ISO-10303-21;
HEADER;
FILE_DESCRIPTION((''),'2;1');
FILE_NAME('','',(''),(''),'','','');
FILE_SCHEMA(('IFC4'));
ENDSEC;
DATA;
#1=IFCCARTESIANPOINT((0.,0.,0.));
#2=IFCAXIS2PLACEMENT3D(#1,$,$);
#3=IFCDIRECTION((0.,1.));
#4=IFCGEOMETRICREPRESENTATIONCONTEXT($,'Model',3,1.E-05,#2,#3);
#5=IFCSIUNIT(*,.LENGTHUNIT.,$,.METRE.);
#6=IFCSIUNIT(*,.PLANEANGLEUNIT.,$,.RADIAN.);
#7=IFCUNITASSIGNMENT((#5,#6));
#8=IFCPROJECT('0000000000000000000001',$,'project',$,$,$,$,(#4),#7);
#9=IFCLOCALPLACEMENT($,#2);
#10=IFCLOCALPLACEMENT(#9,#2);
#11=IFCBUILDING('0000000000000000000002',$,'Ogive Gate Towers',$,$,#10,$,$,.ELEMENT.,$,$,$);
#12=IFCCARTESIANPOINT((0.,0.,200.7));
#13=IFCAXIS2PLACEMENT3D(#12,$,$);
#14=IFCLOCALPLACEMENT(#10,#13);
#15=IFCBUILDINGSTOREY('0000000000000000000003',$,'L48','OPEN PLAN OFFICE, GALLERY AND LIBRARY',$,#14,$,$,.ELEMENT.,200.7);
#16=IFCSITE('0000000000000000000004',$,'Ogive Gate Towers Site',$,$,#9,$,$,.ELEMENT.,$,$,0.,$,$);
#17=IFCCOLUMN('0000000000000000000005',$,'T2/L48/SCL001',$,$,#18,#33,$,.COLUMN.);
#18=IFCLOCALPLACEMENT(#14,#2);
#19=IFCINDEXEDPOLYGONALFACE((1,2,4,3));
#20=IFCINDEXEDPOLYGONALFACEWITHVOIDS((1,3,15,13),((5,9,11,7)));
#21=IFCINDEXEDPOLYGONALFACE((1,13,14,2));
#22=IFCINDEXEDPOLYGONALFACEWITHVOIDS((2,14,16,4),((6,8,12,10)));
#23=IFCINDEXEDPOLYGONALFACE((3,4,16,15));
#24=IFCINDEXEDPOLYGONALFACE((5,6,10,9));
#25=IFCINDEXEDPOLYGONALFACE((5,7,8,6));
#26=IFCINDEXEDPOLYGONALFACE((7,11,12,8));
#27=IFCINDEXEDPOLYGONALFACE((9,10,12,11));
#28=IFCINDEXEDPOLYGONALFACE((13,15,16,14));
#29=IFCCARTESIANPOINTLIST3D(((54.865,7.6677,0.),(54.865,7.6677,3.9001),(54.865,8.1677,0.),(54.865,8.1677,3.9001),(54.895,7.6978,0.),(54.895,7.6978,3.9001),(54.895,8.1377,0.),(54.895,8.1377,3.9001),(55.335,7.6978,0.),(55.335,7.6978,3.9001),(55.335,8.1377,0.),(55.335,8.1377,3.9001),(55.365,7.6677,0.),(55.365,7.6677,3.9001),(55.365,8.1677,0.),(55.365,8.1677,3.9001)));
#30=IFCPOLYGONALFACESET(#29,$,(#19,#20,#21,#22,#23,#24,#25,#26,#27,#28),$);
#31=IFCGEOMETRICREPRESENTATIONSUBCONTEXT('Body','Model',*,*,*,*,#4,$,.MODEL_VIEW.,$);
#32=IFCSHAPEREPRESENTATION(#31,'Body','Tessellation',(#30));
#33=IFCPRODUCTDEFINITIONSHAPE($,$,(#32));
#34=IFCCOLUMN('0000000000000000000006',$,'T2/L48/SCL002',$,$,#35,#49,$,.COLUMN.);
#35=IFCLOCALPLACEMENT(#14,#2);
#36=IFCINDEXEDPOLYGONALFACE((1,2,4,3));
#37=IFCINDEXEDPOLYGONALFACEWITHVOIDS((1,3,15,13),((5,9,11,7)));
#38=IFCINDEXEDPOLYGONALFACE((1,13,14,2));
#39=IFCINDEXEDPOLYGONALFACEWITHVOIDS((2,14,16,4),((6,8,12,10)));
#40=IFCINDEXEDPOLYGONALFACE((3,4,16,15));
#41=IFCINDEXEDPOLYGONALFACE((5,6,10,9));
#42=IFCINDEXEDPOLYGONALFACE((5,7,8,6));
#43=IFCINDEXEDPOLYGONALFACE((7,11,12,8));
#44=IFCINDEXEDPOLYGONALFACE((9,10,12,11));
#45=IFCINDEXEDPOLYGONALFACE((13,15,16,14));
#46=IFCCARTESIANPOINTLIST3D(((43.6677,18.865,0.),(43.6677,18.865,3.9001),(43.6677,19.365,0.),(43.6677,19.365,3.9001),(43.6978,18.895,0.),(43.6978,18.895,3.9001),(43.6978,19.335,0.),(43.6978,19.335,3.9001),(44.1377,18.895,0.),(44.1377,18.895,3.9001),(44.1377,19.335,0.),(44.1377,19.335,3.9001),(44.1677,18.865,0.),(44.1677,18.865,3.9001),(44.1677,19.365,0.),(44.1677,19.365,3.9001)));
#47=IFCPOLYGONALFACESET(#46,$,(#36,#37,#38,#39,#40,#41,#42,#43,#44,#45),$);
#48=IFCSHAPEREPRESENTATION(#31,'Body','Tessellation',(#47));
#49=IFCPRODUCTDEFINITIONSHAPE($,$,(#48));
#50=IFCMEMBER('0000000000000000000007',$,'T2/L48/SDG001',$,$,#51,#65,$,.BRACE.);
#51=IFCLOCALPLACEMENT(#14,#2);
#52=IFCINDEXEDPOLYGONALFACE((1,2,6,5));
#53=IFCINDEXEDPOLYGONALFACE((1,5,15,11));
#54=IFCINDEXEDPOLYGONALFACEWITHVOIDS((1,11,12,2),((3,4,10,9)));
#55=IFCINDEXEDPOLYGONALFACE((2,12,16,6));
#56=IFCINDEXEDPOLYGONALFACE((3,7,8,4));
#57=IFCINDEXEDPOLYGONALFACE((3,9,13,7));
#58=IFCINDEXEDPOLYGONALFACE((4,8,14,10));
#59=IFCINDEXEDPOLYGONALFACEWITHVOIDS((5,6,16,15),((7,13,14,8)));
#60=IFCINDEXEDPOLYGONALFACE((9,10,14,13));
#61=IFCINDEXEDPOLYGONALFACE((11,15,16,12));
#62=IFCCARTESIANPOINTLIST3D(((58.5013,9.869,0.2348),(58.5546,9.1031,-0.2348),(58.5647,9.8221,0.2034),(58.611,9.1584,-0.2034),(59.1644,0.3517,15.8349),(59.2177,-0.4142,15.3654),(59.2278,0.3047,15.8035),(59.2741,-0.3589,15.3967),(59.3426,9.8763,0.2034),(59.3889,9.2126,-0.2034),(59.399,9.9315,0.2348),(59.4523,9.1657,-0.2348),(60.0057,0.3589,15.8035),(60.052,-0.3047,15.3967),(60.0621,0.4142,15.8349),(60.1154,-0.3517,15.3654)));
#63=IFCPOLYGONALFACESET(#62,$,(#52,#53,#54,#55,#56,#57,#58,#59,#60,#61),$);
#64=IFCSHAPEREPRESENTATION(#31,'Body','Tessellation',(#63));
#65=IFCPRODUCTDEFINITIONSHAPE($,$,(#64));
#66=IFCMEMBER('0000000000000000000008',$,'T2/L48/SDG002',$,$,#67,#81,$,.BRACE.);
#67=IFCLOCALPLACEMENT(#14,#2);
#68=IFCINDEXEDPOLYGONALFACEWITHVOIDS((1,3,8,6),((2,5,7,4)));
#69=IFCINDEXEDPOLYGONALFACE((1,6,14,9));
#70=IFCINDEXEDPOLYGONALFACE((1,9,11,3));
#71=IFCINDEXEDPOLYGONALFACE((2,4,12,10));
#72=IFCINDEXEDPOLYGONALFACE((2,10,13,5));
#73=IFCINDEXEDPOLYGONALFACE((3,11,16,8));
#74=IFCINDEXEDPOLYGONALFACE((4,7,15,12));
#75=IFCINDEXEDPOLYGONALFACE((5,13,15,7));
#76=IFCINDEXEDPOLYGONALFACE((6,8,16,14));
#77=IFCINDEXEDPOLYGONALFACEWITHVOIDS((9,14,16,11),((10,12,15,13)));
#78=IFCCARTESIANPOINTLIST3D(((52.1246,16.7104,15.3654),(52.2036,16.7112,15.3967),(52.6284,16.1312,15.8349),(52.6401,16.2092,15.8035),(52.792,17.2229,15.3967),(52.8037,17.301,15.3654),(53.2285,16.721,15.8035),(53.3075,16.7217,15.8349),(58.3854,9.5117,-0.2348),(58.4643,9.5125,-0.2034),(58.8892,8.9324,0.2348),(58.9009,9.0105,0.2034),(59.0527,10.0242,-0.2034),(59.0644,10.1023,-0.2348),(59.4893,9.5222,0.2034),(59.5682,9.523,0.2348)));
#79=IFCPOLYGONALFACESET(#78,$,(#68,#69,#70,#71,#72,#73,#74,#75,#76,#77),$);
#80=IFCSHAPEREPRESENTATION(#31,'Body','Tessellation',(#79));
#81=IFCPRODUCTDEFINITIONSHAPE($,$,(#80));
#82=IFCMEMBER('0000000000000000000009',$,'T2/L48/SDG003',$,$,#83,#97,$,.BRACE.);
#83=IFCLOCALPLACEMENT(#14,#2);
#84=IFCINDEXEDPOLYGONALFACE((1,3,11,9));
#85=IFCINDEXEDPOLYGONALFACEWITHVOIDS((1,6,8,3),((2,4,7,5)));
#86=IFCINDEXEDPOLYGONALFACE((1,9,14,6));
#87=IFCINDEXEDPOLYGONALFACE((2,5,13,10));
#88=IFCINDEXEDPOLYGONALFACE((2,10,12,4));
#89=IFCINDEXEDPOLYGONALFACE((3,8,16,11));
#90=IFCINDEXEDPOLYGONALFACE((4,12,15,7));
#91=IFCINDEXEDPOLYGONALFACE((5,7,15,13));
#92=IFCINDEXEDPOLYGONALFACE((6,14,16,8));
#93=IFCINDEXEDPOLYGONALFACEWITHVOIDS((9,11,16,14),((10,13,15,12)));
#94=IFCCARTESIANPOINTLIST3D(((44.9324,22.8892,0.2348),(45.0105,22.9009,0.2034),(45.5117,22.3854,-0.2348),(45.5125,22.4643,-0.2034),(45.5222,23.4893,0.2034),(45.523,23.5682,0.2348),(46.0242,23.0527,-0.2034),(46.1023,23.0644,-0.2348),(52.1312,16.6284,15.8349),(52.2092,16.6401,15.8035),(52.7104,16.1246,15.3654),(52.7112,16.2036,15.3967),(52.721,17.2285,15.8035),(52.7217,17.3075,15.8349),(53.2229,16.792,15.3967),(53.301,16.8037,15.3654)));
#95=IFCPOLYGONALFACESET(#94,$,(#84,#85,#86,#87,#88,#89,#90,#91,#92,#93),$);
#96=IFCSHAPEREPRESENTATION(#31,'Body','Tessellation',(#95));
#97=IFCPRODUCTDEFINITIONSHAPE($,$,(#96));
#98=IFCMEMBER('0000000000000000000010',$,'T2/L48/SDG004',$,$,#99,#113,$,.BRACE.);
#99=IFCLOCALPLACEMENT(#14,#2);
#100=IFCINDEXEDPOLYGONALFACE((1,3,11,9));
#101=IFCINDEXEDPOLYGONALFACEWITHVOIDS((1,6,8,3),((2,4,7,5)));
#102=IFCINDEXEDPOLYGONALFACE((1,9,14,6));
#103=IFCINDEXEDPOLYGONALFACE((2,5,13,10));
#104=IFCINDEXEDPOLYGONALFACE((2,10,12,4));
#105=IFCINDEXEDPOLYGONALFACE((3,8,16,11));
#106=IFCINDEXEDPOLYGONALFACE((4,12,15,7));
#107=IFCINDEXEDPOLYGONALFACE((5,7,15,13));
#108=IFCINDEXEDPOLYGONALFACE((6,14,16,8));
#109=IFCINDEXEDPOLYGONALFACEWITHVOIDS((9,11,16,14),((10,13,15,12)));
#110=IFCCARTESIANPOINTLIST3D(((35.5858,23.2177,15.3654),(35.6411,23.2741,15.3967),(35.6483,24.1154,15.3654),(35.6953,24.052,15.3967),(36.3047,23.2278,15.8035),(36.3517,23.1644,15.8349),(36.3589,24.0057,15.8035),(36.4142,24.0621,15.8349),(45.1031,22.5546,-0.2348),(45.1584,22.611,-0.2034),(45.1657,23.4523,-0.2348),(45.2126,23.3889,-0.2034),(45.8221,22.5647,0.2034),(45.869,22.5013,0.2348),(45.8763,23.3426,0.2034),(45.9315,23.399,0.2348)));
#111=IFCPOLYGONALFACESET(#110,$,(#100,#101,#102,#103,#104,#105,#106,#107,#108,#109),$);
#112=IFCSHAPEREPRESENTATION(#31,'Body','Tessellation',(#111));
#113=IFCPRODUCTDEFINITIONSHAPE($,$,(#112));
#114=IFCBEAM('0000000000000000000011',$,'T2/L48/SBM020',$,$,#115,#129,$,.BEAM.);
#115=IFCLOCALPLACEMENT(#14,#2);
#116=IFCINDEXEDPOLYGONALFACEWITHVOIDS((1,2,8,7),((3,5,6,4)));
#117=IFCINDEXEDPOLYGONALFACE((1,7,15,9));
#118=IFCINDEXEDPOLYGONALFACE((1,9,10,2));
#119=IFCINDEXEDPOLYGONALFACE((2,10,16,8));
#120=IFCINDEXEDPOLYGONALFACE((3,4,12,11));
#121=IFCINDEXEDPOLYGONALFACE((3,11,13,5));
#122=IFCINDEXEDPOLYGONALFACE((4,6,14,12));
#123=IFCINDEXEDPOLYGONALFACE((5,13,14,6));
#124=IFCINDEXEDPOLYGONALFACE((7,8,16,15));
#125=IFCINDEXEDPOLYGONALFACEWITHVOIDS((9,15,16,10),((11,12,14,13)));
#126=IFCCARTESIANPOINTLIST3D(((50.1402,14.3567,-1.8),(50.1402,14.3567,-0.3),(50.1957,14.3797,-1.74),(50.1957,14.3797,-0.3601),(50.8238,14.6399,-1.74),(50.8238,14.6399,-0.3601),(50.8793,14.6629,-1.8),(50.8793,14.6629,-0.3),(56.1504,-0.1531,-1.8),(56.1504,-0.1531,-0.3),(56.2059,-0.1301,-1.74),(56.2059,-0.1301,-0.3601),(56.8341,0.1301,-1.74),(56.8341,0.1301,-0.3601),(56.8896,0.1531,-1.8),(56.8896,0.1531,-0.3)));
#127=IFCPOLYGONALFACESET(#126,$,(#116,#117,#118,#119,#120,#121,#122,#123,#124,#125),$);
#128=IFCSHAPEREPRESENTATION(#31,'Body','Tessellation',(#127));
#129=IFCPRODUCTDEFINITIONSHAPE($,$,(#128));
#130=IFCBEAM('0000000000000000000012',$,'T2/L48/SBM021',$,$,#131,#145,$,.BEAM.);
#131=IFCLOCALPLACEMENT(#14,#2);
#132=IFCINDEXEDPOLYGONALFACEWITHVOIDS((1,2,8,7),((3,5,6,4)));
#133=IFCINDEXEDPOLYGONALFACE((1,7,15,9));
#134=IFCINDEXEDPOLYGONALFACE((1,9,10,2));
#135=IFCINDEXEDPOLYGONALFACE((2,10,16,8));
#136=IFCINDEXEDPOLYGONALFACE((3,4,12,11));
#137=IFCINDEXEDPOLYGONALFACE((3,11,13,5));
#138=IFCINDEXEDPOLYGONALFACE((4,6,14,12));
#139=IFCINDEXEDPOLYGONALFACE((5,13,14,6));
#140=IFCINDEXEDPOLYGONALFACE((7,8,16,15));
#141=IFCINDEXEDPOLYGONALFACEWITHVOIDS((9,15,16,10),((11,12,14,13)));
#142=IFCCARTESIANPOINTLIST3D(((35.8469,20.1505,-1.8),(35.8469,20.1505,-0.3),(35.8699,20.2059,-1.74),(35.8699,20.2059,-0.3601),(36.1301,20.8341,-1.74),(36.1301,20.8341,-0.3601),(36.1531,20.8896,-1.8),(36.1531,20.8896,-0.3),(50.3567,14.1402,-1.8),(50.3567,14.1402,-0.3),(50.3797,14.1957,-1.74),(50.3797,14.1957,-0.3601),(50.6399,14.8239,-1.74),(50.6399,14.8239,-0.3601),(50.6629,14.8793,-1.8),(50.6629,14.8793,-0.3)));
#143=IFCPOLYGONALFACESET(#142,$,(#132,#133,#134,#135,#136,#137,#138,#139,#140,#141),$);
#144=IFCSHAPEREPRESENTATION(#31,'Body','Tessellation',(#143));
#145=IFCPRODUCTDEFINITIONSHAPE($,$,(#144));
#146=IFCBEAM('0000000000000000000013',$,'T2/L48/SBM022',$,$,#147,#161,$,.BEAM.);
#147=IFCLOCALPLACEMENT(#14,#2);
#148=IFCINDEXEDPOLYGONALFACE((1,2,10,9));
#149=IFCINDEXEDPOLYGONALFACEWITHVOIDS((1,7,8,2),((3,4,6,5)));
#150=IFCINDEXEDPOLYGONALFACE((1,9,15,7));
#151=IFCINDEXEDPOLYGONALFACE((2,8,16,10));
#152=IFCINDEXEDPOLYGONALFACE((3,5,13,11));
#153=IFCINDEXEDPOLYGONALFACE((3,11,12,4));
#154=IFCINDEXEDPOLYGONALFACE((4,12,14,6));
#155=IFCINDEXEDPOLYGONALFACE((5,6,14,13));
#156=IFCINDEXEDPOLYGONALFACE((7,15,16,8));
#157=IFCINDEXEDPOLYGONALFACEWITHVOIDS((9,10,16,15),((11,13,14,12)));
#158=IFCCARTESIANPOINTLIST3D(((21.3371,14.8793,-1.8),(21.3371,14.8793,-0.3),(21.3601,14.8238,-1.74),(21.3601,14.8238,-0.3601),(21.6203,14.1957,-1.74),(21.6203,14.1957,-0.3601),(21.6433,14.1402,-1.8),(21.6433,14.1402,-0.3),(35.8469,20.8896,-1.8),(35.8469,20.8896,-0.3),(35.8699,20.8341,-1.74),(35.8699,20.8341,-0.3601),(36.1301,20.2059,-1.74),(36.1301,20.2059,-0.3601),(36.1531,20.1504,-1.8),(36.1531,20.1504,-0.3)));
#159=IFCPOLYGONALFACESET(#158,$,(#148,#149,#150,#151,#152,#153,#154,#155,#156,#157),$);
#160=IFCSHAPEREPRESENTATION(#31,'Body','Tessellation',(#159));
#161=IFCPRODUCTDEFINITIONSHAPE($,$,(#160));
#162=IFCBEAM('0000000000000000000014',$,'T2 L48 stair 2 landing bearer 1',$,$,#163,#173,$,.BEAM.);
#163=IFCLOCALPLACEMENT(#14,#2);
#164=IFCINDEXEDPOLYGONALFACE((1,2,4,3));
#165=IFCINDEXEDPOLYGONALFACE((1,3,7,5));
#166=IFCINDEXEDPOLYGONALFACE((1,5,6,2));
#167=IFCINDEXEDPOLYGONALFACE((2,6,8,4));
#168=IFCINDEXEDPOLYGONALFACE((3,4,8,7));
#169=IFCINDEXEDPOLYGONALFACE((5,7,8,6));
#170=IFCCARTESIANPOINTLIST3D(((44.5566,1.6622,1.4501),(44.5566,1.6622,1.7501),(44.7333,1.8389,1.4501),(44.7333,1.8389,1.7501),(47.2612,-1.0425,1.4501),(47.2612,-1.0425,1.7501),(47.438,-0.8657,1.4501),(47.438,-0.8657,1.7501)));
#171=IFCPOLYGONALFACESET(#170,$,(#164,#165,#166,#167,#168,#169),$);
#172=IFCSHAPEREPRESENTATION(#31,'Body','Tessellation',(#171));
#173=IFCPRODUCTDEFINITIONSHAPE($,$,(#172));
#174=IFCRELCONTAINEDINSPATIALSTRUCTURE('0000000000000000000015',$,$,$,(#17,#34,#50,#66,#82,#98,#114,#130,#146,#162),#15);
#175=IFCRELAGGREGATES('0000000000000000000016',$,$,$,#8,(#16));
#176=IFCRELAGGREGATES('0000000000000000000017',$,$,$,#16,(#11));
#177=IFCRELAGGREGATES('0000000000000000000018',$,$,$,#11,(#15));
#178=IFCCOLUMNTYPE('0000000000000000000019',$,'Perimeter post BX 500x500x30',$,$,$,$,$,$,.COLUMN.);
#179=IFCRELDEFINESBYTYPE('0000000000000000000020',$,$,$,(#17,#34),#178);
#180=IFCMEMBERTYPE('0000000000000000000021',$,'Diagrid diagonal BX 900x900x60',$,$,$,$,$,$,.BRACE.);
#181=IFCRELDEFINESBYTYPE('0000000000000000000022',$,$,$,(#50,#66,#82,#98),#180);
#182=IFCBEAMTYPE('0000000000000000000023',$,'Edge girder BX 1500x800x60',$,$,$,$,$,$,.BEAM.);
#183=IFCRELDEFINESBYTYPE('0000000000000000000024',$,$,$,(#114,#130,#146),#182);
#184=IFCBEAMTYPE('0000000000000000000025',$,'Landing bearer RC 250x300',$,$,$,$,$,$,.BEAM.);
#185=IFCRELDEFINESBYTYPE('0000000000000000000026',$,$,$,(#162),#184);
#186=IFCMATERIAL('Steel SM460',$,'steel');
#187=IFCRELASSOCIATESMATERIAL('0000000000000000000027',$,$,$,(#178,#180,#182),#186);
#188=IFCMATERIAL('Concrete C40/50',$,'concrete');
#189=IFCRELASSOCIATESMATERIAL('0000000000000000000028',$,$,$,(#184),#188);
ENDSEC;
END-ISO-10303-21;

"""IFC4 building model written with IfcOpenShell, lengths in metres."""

from ifc_helpers import new_model, si_unit, direction, frame, origin, origin_2d, place, context, subcontext, project, spatial, rectangle, hollow_rectangle, extrude, material, material_profile, profile_set, type_object, element, save


model = new_model("IFC4")

# Units and contexts
model_context = context("Model", 3, precision=1e-05, world=origin(), true_north=direction((0.0, 1.0)))
body_context = subcontext(model_context, "Body", "Model", "MODEL_VIEW")
ifc_project = project(units=[si_unit("LENGTHUNIT", "METRE"), si_unit("PLANEANGLEUNIT", "RADIAN")], contexts=[model_context])

# Site, building, storey
site_placement = place(None, origin())
site = spatial("IfcSite", under=ifc_project, at=site_placement, Name="Ogive Gate Towers Site", CompositionType="ELEMENT", RefElevation=0.0)
building_placement = place(site_placement, origin())
building = spatial("IfcBuilding", under=site, at=building_placement, Name="Ogive Gate Towers", CompositionType="ELEMENT")
storey_placement = place(building_placement, frame((0.0, 0.0, 200.7)))
storey = spatial("IfcBuildingStorey", under=building, at=storey_placement, Name="L48", Description="OPEN PLAN OFFICE, GALLERY AND LIBRARY", CompositionType="ELEMENT", Elevation=200.7)

# Columns
ifc_material_1 = material(Name="Steel SM460", Category="steel")
ifc_material_profile_1 = material_profile(ifc_material_1, hollow_rectangle(XDim=0.5, YDim=0.5, WallThickness=0.03, at=origin_2d()), Name="BX 500x500x30")
ifc_profile_set_1 = profile_set([ifc_material_profile_1], Name="Steel SM460")
column_type = type_object("IfcColumnType", Name="Perimeter post BX 500x500x30", PredefinedType="COLUMN", material=ifc_profile_set_1)
for number, where, z_axis, x_axis, name in (
    (1, (55.115, 7.9177, 0.0), (0.0, 0.0, 1.0), (1.0, 0.0, 0.0), "T2/L48/SCL001"),
    (2, (43.9177, 19.115, 0.0), (0.0, 0.0, 1.0), (1.0, 0.0, 0.0), "T2/L48/SCL002"),
):
    element("IfcColumn", number, at=place(storey_placement, frame(where, z_axis=z_axis, x_axis=x_axis)), inside=storey, type_object=column_type, Name=name, PredefinedType="COLUMN", context=body_context, shape_type="SweptSolid", body=[
        extrude(hollow_rectangle(XDim=0.5, YDim=0.5, WallThickness=0.03, at=origin_2d()), origin(), (0.0, 0.0, 1.0), 3.9001),
    ])

# Members
ifc_material_profile_2 = material_profile(ifc_material_1, hollow_rectangle(XDim=0.8999, YDim=0.8999, WallThickness=0.0601, at=origin_2d()), Name="BX 900x900x60")
ifc_profile_set_2 = profile_set([ifc_material_profile_2], Name="Steel SM460")
member_type = type_object("IfcMemberType", Name="Diagrid diagonal BX 900x900x60", PredefinedType="BRACE", material=ifc_profile_set_2)
for number, where, z_axis, x_axis, name in (
    (3, (58.9768, 9.5173, 0.0), (0.036262, -0.520468, 0.853111), (0.997582, 0.069503, 0.0), "T2/L48/SDG001"),
    (4, (58.9768, 9.5173, 0.0), (-0.342377, 0.393672, 0.853112), (-0.754555, -0.656237, 0.0), "T2/L48/SDG002"),
    (5, (45.5173, 22.9768, 0.0), (0.393672, -0.342377, 0.853112), (0.656237, 0.754555, 0.0), "T2/L48/SDG003"),
    (6, (45.5173, 22.9768, 0.0), (-0.520468, 0.036262, 0.853111), (-0.069503, -0.997582, 0.0), "T2/L48/SDG004"),
):
    element("IfcMember", number, at=place(storey_placement, frame(where, z_axis=z_axis, x_axis=x_axis)), inside=storey, type_object=member_type, Name=name, PredefinedType="BRACE", context=body_context, shape_type="SweptSolid", body=[
        extrude(hollow_rectangle(XDim=0.8999, YDim=0.8999, WallThickness=0.0601, at=origin_2d()), origin(), (0.0, 0.0, 1.0), 18.2861),
    ])

# Beams
ifc_material_profile_3 = material_profile(ifc_material_1, hollow_rectangle(XDim=0.8, YDim=1.5, WallThickness=0.0601, at=origin_2d()), Name="BX 1500x800x60")
ifc_profile_set_3 = profile_set([ifc_material_profile_3], Name="Steel SM460")
beam_type_1 = type_object("IfcBeamType", Name="Edge girder BX 1500x800x60", PredefinedType="BEAM", material=ifc_profile_set_3)
for number, where, z_axis, x_axis, name in (
    (7, (56.52, 0.0, -1.05), (-0.38269, 0.923877, 0.0), (-0.923877, -0.38269, 0.0), "T2/L48/SBM020"),
    (8, (50.5098, 14.5098, -1.05), (-0.923877, 0.38269, 0.0), (-0.38269, -0.923877, 0.0), "T2/L48/SBM021"),
    (9, (36.0, 20.52, -1.05), (-0.923877, -0.38269, 0.0), (0.38269, -0.923877, 0.0), "T2/L48/SBM022"),
):
    element("IfcBeam", number, at=place(storey_placement, frame(where, z_axis=z_axis, x_axis=x_axis)), inside=storey, type_object=beam_type_1, Name=name, PredefinedType="BEAM", context=body_context, shape_type="SweptSolid", body=[
        extrude(hollow_rectangle(XDim=0.8, YDim=1.5, WallThickness=0.0601, at=origin_2d()), origin(), (0.0, 0.0, 1.0), 15.7053),
    ])
ifc_material_2 = material(Name="Concrete C40/50", Category="concrete")
ifc_material_profile_4 = material_profile(ifc_material_2, rectangle(XDim=0.25, YDim=0.3, at=origin_2d()), Name="RC 250x300")
ifc_profile_set_4 = profile_set([ifc_material_profile_4], Name="Concrete C40/50")
beam_type_2 = type_object("IfcBeamType", Name="Landing bearer RC 250x300", PredefinedType="BEAM", material=ifc_profile_set_4)
beam_1_placement = place(storey_placement, frame((47.3496, -0.9541, 1.6001), z_axis=(-0.707107, 0.707107, 0.0), x_axis=(-0.707107, -0.707107, 0.0)))
element("IfcBeam", 10, at=beam_1_placement, inside=storey, type_object=beam_type_2, Name="T2 L48 stair 2 landing bearer 1", PredefinedType="BEAM", context=body_context, shape_type="SweptSolid", body=[
    extrude(rectangle(XDim=0.25, YDim=0.3, at=origin_2d()), origin(), (0.0, 0.0, 1.0), 3.825),
])

save(model, "model.ifc")
